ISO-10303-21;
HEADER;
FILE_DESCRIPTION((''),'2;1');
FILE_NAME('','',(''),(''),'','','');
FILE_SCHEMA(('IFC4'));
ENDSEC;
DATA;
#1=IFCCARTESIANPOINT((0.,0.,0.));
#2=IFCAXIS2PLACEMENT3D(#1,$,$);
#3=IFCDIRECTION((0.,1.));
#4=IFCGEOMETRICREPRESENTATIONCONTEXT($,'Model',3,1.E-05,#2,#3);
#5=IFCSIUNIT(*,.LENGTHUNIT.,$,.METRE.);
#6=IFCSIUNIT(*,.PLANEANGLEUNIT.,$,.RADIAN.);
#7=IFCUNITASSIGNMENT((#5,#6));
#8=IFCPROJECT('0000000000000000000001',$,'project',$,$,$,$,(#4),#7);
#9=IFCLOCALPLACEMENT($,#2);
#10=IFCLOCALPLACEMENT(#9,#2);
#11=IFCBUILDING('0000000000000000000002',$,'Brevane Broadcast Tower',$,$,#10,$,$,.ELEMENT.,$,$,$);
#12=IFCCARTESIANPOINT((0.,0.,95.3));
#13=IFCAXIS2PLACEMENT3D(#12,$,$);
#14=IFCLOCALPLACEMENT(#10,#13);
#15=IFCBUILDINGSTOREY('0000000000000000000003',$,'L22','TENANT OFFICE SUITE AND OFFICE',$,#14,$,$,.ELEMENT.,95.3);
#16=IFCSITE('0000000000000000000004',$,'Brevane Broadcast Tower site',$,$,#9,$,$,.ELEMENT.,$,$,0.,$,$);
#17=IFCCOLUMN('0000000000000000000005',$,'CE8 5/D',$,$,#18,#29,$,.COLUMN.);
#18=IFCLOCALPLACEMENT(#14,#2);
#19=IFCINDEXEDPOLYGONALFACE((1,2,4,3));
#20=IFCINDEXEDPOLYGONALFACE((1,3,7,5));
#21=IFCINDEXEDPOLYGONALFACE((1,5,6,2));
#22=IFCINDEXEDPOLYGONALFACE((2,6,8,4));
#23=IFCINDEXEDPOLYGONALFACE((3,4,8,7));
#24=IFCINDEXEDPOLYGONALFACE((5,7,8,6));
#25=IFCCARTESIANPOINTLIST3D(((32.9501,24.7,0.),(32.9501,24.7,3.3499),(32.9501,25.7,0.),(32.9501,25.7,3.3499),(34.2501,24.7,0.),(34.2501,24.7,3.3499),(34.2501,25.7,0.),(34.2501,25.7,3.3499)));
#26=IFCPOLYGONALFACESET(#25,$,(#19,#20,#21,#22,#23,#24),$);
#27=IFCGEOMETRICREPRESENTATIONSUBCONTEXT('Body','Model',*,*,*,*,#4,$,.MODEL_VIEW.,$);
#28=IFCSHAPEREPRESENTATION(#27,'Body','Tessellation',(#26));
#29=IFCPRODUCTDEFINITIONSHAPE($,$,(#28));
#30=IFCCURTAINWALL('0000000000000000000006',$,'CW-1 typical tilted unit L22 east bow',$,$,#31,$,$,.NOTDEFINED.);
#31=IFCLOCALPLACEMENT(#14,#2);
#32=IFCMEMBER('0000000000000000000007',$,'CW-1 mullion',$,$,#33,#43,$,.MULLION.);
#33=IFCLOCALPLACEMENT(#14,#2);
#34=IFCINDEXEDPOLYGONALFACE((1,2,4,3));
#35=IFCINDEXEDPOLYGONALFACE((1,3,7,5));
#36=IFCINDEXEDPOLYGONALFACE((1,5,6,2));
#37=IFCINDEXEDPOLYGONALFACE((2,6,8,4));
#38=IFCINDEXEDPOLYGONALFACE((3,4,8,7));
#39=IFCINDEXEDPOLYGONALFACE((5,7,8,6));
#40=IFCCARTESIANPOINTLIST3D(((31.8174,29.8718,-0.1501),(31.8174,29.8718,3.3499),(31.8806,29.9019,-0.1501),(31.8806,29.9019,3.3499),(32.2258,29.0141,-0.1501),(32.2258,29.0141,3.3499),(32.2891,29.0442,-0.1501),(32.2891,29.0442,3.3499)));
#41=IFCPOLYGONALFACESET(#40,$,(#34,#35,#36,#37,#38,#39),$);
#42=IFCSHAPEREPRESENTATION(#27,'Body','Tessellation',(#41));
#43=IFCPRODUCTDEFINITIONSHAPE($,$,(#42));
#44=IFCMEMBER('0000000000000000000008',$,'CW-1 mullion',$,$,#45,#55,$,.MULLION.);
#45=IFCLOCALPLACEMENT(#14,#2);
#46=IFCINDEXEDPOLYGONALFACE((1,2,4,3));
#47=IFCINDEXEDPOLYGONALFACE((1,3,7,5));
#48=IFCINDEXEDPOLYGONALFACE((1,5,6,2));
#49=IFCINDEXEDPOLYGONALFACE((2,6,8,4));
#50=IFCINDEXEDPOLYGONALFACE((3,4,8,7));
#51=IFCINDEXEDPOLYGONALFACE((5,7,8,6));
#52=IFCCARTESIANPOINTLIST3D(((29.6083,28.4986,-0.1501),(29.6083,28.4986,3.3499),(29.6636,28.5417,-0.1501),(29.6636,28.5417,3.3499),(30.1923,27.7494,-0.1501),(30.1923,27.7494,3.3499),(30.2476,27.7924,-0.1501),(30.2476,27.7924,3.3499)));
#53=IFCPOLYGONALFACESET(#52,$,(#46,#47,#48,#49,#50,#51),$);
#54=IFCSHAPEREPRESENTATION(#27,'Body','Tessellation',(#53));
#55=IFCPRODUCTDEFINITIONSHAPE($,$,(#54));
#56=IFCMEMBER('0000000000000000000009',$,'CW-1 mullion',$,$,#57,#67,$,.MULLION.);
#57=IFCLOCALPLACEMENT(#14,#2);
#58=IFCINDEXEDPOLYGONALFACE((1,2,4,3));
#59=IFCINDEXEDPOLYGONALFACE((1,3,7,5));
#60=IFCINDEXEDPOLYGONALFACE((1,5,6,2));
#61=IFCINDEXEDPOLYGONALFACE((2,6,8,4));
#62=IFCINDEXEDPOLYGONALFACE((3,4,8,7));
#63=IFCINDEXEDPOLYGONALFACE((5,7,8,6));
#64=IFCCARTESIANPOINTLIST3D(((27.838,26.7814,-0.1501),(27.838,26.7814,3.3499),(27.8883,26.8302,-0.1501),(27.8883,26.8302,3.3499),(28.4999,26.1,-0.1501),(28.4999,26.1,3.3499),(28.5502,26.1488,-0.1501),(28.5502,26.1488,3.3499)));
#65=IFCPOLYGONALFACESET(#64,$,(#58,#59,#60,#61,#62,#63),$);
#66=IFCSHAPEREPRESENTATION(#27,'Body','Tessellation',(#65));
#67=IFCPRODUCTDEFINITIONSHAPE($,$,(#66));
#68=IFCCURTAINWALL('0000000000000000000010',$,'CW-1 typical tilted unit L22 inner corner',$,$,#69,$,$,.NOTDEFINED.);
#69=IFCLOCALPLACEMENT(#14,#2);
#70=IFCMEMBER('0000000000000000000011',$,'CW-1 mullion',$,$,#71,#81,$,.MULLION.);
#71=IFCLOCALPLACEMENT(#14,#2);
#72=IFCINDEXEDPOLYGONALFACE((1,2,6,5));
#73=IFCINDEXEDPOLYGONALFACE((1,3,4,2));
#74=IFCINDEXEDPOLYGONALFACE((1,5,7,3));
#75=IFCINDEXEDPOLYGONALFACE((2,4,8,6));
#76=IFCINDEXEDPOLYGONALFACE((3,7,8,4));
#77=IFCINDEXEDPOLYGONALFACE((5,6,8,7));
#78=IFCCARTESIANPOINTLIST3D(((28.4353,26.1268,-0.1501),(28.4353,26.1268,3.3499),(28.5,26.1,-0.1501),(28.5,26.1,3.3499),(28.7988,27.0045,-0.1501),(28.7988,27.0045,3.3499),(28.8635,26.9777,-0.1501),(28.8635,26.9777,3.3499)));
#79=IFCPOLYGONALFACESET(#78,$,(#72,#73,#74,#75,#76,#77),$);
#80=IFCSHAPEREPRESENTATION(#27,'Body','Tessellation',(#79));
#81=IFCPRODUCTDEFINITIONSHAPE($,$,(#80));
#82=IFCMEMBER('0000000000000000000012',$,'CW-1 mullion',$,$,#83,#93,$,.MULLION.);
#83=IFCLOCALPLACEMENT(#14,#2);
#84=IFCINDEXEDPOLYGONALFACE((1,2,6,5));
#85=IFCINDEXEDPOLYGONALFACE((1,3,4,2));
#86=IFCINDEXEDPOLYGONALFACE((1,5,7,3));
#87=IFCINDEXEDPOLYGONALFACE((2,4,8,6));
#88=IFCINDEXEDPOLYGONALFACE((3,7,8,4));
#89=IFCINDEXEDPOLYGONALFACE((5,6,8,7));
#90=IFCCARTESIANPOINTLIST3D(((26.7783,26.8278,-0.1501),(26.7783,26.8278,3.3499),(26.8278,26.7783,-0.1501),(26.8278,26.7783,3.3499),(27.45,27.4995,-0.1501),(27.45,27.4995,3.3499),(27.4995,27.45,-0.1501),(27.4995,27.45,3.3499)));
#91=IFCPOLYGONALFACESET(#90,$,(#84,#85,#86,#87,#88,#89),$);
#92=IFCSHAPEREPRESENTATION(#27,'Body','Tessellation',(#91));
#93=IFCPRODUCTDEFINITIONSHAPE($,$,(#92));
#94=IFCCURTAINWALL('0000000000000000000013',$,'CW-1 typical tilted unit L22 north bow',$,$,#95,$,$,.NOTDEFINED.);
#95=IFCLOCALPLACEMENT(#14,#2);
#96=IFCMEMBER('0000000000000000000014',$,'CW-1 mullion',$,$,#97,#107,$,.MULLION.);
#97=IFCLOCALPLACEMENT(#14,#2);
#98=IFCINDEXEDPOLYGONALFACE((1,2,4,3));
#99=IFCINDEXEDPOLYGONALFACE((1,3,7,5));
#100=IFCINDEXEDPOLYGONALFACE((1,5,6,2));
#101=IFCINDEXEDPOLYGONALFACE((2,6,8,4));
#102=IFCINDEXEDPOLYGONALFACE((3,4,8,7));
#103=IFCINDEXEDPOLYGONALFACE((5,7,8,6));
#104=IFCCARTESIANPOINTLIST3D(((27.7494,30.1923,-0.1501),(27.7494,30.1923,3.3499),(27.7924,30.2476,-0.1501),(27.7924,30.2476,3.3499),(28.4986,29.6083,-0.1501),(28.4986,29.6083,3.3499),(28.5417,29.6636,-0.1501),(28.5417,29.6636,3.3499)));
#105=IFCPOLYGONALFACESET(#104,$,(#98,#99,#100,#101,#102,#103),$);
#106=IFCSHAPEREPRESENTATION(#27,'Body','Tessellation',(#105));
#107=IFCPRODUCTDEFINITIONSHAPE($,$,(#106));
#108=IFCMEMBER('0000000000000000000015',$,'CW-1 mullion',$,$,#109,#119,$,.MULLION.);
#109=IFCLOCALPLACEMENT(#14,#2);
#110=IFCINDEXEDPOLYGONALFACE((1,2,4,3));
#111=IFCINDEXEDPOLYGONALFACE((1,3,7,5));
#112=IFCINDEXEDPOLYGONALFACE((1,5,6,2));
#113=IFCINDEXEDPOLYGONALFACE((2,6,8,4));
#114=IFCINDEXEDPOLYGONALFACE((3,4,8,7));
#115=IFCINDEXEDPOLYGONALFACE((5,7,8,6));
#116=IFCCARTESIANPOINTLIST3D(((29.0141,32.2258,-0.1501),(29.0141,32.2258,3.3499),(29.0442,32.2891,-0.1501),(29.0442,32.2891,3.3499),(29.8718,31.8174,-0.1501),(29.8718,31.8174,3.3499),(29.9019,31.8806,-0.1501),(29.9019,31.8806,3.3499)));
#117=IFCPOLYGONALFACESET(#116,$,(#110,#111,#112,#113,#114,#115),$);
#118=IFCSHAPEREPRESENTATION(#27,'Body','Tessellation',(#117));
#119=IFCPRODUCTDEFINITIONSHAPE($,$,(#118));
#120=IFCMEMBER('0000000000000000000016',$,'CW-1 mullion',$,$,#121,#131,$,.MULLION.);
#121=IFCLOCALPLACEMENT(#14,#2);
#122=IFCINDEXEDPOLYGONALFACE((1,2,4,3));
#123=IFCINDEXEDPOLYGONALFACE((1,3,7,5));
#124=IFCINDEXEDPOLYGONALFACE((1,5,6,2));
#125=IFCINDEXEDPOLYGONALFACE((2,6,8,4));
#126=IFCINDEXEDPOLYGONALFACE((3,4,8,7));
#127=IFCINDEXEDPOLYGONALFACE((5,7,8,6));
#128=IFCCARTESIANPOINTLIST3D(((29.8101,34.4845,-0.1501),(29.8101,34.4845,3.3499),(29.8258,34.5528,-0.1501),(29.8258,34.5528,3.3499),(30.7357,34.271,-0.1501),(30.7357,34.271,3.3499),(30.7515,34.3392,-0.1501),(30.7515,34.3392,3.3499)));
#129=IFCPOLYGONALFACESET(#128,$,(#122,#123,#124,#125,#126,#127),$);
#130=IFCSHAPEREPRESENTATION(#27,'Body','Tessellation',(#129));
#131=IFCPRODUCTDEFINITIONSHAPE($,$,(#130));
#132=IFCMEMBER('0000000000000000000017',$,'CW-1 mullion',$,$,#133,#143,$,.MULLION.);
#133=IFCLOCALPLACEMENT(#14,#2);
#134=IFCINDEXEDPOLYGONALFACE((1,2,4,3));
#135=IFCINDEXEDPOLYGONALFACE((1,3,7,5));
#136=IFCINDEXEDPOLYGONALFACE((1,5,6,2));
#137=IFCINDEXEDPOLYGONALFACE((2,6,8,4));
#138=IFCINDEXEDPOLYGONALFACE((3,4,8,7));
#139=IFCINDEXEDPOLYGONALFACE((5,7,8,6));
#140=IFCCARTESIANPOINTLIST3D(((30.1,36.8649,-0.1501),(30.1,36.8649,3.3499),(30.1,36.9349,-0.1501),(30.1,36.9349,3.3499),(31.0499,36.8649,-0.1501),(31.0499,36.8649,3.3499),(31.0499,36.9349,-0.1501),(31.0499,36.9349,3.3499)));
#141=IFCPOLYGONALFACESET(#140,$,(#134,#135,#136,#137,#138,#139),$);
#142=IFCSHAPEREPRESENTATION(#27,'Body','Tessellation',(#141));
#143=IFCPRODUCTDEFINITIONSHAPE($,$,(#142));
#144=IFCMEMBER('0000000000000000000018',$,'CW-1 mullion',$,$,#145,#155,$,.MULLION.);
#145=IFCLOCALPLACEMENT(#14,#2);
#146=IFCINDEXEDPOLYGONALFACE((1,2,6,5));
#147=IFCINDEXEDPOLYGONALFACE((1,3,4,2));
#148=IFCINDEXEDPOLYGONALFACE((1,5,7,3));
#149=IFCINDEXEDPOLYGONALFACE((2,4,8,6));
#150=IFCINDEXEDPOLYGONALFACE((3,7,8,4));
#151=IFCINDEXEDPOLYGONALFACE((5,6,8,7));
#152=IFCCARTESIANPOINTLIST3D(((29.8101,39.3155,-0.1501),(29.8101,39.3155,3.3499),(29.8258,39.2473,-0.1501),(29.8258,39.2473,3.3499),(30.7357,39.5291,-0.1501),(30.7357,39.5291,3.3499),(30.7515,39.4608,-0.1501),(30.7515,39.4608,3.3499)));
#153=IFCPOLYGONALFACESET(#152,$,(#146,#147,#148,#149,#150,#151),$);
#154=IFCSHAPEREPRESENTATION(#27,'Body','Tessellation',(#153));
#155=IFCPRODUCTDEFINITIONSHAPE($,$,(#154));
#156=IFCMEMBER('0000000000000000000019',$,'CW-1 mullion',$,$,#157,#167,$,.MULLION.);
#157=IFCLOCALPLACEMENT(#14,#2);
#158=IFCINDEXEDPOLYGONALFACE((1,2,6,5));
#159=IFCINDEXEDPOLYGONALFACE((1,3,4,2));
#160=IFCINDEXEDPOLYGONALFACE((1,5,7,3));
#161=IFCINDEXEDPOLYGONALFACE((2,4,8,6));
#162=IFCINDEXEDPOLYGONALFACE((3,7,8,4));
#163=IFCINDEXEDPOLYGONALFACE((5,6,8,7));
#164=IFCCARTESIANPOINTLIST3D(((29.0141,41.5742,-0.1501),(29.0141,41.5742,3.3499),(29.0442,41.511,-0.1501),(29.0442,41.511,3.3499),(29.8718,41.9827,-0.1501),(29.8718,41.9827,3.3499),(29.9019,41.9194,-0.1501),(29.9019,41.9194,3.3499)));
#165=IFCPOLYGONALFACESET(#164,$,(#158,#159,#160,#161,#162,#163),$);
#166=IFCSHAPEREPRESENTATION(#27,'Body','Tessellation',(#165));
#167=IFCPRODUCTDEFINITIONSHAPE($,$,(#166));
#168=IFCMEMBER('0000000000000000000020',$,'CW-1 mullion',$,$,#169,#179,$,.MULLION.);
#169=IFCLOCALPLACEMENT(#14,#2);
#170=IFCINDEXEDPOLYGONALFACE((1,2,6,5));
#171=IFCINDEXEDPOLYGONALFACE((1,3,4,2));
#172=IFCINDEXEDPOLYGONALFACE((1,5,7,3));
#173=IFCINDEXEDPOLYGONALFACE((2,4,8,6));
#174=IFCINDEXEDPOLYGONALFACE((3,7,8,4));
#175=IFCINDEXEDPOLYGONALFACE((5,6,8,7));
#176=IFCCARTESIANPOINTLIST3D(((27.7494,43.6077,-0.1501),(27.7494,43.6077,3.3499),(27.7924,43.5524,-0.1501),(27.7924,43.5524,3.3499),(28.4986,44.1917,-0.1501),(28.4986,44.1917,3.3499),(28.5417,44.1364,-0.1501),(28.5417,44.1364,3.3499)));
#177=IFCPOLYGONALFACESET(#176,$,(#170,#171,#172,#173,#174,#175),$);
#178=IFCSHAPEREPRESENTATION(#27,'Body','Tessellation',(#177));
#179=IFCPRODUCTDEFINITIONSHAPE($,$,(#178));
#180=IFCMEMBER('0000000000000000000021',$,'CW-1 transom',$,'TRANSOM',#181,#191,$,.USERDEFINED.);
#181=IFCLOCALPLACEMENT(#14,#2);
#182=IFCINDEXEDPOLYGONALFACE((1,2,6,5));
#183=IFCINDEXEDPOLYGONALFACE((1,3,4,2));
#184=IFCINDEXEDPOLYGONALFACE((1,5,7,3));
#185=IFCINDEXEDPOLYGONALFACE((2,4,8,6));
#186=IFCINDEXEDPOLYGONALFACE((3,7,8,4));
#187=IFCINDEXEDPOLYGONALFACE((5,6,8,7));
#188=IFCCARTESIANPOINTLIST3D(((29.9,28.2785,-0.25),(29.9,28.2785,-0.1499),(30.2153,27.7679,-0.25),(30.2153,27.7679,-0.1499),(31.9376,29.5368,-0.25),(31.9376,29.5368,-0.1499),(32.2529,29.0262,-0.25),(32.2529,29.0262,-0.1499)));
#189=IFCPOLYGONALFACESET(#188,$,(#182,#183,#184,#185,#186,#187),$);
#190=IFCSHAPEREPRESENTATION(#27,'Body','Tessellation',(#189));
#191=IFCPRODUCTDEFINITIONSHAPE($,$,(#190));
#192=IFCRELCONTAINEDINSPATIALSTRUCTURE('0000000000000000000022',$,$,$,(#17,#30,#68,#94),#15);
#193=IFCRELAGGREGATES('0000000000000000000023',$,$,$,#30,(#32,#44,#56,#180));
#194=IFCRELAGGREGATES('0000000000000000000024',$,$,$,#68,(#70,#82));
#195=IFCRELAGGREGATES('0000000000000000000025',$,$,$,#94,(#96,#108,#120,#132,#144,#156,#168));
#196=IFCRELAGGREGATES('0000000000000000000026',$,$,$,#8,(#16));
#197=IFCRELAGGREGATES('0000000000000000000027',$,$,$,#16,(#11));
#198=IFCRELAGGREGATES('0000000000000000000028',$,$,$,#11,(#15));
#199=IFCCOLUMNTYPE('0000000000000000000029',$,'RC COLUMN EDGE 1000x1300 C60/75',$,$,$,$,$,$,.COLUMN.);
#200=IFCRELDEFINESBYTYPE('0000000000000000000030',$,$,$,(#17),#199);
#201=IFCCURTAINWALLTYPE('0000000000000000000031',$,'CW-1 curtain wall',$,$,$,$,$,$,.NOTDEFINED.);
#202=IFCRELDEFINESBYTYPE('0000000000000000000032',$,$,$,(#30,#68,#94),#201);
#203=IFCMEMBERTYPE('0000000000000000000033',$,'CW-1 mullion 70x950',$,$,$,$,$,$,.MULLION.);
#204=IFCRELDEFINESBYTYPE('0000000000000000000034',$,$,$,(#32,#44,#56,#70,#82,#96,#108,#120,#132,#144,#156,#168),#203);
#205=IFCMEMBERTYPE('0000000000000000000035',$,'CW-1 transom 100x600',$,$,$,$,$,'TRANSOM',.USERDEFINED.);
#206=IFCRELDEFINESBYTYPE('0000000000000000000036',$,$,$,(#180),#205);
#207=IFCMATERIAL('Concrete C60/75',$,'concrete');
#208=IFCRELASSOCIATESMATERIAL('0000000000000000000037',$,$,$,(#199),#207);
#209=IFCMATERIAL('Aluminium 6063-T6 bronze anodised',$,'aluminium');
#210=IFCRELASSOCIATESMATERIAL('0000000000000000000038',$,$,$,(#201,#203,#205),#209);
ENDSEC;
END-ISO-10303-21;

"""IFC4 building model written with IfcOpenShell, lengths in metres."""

from ifc_helpers import new_model, si_unit, direction, frame, origin, origin_2d, place, context, subcontext, project, spatial, rectangle, extrude, material, material_profile, profile_set, type_object, element, aggregate, save


model = new_model("IFC4")

# Units and contexts
model_context = context("Model", 3, precision=1e-05, world=origin(), true_north=direction((0.0, 1.0)))
body_context = subcontext(model_context, "Body", "Model", "MODEL_VIEW")
ifc_project = project(units=[si_unit("LENGTHUNIT", "METRE"), si_unit("PLANEANGLEUNIT", "RADIAN")], contexts=[model_context])

# Site, building, storey
site_placement = place(None, origin())
site = spatial("IfcSite", under=ifc_project, at=site_placement, Name="Brevane Broadcast Tower site", CompositionType="ELEMENT", RefElevation=0.0)
building_placement = place(site_placement, origin())
building = spatial("IfcBuilding", under=site, at=building_placement, Name="Brevane Broadcast Tower", CompositionType="ELEMENT")
storey_placement = place(building_placement, frame((0.0, 0.0, 95.3)))
storey = spatial("IfcBuildingStorey", under=building, at=storey_placement, Name="L22", Description="TENANT OFFICE SUITE AND OFFICE", CompositionType="ELEMENT", Elevation=95.3)

# Column
ifc_material_1 = material(Name="Concrete C60/75", Category="concrete")
ifc_material_profile_1 = material_profile(ifc_material_1, rectangle(XDim=1.0, YDim=1.3, at=origin_2d()), Name="RC 1000x1300")
ifc_profile_set_1 = profile_set([ifc_material_profile_1], Name="Concrete C60/75")
column_type = type_object("IfcColumnType", Name="RC COLUMN EDGE 1000x1300 C60/75", PredefinedType="COLUMN", material=ifc_profile_set_1)
column_placement = place(storey_placement, frame((33.6001, 25.2, 0.0), z_axis=(0.0, 0.0, 1.0), x_axis=(0.0, 1.0, 0.0)))
element("IfcColumn", 1, at=column_placement, inside=storey, type_object=column_type, Name="CE8 5/D", PredefinedType="COLUMN", context=body_context, shape_type="SweptSolid", body=[
    extrude(rectangle(XDim=1.0, YDim=1.3, at=origin_2d()), origin(), (0.0, 0.0, 1.0), 3.3499),
])

# Curtain walls, members
ifc_material_2 = material(Name="Aluminium 6063-T6 bronze anodised", Category="aluminium")
curtain_wall_type = type_object("IfcCurtainWallType", Name="CW-1 curtain wall", PredefinedType="NOTDEFINED", material=ifc_material_2)
curtain_wall_1_placement = place(storey_placement, origin())
curtain_wall_1 = element("IfcCurtainWall", 2, at=curtain_wall_1_placement, inside=storey, type_object=curtain_wall_type, Name="CW-1 typical tilted unit L22 east bow", PredefinedType="NOTDEFINED")
ifc_material_profile_2 = material_profile(ifc_material_2, rectangle(XDim=0.95, YDim=0.0701, at=origin_2d()), Name="RECT 70x950")
ifc_profile_set_2 = profile_set([ifc_material_profile_2], Name="Aluminium 6063-T6 bronze anodised")
member_type_1 = type_object("IfcMemberType", Name="CW-1 mullion 70x950", PredefinedType="MULLION", material=ifc_profile_set_2)
member_1_placement = place(storey_placement, frame((32.0532, 29.458, -0.1501), z_axis=(0.0, 0.0, 1.0), x_axis=(0.429934, -0.902861, 0.0)))
member_1 = element("IfcMember", 3, at=member_1_placement, type_object=member_type_1, Name="CW-1 mullion", PredefinedType="MULLION", context=body_context, shape_type="SweptSolid", body=[
    extrude(rectangle(XDim=0.95, YDim=0.0701, at=origin_2d()), origin(), (0.0, 0.0, 1.0), 3.5),
])
member_2_placement = place(storey_placement, frame((29.928, 28.1455, -0.1501), z_axis=(0.0, 0.0, 1.0), x_axis=(0.61477, -0.788707, 0.0)))
member_2 = element("IfcMember", 4, at=member_2_placement, type_object=member_type_1, Name="CW-1 mullion", PredefinedType="MULLION", context=body_context, shape_type="SweptSolid", body=[
    extrude(rectangle(XDim=0.95, YDim=0.0701, at=origin_2d()), origin(), (0.0, 0.0, 1.0), 3.5),
])
member_3_placement = place(storey_placement, frame((28.1941, 26.4651, -0.1501), z_axis=(0.0, 0.0, 1.0), x_axis=(0.696812, -0.717254, 0.0)))
member_3 = element("IfcMember", 5, at=member_3_placement, type_object=member_type_1, Name="CW-1 mullion", PredefinedType="MULLION", context=body_context, shape_type="SweptSolid", body=[
    extrude(rectangle(XDim=0.95, YDim=0.0701, at=origin_2d()), origin(), (0.0, 0.0, 1.0), 3.5),
])
curtain_wall_2_placement = place(storey_placement, origin())
curtain_wall_2 = element("IfcCurtainWall", 6, at=curtain_wall_2_placement, inside=storey, type_object=curtain_wall_type, Name="CW-1 typical tilted unit L22 inner corner", PredefinedType="NOTDEFINED")
member_4_placement = place(storey_placement, frame((28.6494, 26.5522, -0.1501), z_axis=(0.0, 0.0, 1.0), x_axis=(-0.382684, -0.923879, 0.0)))
member_4 = element("IfcMember", 7, at=member_4_placement, type_object=member_type_1, Name="CW-1 mullion", PredefinedType="MULLION", context=body_context, shape_type="SweptSolid", body=[
    extrude(rectangle(XDim=0.95, YDim=0.0701, at=origin_2d()), origin(), (0.0, 0.0, 1.0), 3.5),
])
member_5_placement = place(storey_placement, frame((27.1389, 27.1389, -0.1501), z_axis=(0.0, 0.0, 1.0), x_axis=(-0.707107, -0.707107, 0.0)))
member_5 = element("IfcMember", 8, at=member_5_placement, type_object=member_type_1, Name="CW-1 mullion", PredefinedType="MULLION", context=body_context, shape_type="SweptSolid", body=[
    extrude(rectangle(XDim=0.95, YDim=0.0701, at=origin_2d()), origin(), (0.0, 0.0, 1.0), 3.5),
])
curtain_wall_3_placement = place(storey_placement, origin())
curtain_wall_3 = element("IfcCurtainWall", 9, at=curtain_wall_3_placement, inside=storey, type_object=curtain_wall_type, Name="CW-1 typical tilted unit L22 north bow", PredefinedType="NOTDEFINED")
member_6_placement = place(storey_placement, frame((28.1455, 29.928, -0.1501), z_axis=(0.0, 0.0, 1.0), x_axis=(-0.788707, 0.61477, 0.0)))
member_6 = element("IfcMember", 10, at=member_6_placement, type_object=member_type_1, Name="CW-1 mullion", PredefinedType="MULLION", context=body_context, shape_type="SweptSolid", body=[
    extrude(rectangle(XDim=0.95, YDim=0.0701, at=origin_2d()), origin(), (0.0, 0.0, 1.0), 3.5),
])
member_7_placement = place(storey_placement, frame((29.458, 32.0532, -0.1501), z_axis=(0.0, 0.0, 1.0), x_axis=(-0.902861, 0.429934, 0.0)))
member_7 = element("IfcMember", 11, at=member_7_placement, type_object=member_type_1, Name="CW-1 mullion", PredefinedType="MULLION", context=body_context, shape_type="SweptSolid", body=[
    extrude(rectangle(XDim=0.95, YDim=0.0701, at=origin_2d()), origin(), (0.0, 0.0, 1.0), 3.5),
])
member_8_placement = place(storey_placement, frame((30.2808, 34.4119, -0.1501), z_axis=(0.0, 0.0, 1.0), x_axis=(-0.974403, 0.224806, 0.0)))
member_8 = element("IfcMember", 12, at=member_8_placement, type_object=member_type_1, Name="CW-1 mullion", PredefinedType="MULLION", context=body_context, shape_type="SweptSolid", body=[
    extrude(rectangle(XDim=0.95, YDim=0.0701, at=origin_2d()), origin(), (0.0, 0.0, 1.0), 3.5),
])
member_9_placement = place(storey_placement, frame((30.575, 36.8999, -0.1501), z_axis=(0.0, 0.0, 1.0), x_axis=(-1.0, 0.0, 0.0)))
member_9 = element("IfcMember", 13, at=member_9_placement, type_object=member_type_1, Name="CW-1 mullion", PredefinedType="MULLION", context=body_context, shape_type="SweptSolid", body=[
    extrude(rectangle(XDim=0.95, YDim=0.0701, at=origin_2d()), origin(), (0.0, 0.0, 1.0), 3.5),
])
member_10_placement = place(storey_placement, frame((30.2808, 39.3882, -0.1501), z_axis=(0.0, 0.0, 1.0), x_axis=(-0.974403, -0.224806, 0.0)))
member_10 = element("IfcMember", 14, at=member_10_placement, type_object=member_type_1, Name="CW-1 mullion", PredefinedType="MULLION", context=body_context, shape_type="SweptSolid", body=[
    extrude(rectangle(XDim=0.95, YDim=0.0701, at=origin_2d()), origin(), (0.0, 0.0, 1.0), 3.5),
])
member_11_placement = place(storey_placement, frame((29.458, 41.7468, -0.1501), z_axis=(0.0, 0.0, 1.0), x_axis=(-0.902861, -0.429934, 0.0)))
member_11 = element("IfcMember", 15, at=member_11_placement, type_object=member_type_1, Name="CW-1 mullion", PredefinedType="MULLION", context=body_context, shape_type="SweptSolid", body=[
    extrude(rectangle(XDim=0.95, YDim=0.0701, at=origin_2d()), origin(), (0.0, 0.0, 1.0), 3.5),
])
member_12_placement = place(storey_placement, frame((28.1455, 43.8721, -0.1501), z_axis=(0.0, 0.0, 1.0), x_axis=(-0.788707, -0.61477, 0.0)))
member_12 = element("IfcMember", 16, at=member_12_placement, type_object=member_type_1, Name="CW-1 mullion", PredefinedType="MULLION", context=body_context, shape_type="SweptSolid", body=[
    extrude(rectangle(XDim=0.95, YDim=0.0701, at=origin_2d()), origin(), (0.0, 0.0, 1.0), 3.5),
])

# Member
ifc_material_profile_3 = material_profile(ifc_material_2, rectangle(XDim=0.6001, YDim=0.1001, at=origin_2d()), Name="RECT 100x600")
ifc_profile_set_3 = profile_set([ifc_material_profile_3], Name="Aluminium 6063-T6 bronze anodised")
member_type_2 = type_object("IfcMemberType", Name="CW-1 transom 100x600", ElementType="TRANSOM", PredefinedType="USERDEFINED", material=ifc_profile_set_3)
member_13_placement = place(storey_placement, frame((32.0952, 29.2815, -0.2), z_axis=(-0.850838, -0.525428, 0.0), x_axis=(0.525428, -0.850838, 0.0)))
member_13 = element("IfcMember", 17, at=member_13_placement, type_object=member_type_2, Name="CW-1 transom", ObjectType="TRANSOM", PredefinedType="USERDEFINED", context=body_context, shape_type="SweptSolid", body=[
    extrude(rectangle(XDim=0.6001, YDim=0.1001, at=origin_2d()), origin(), (0.0, 0.0, 1.0), 2.3948),
])
aggregate(curtain_wall_1, [member_1, member_2, member_3, member_13])
aggregate(curtain_wall_2, [member_4, member_5])
aggregate(curtain_wall_3, [member_6, member_7, member_8, member_9, member_10, member_11, member_12])

save(model, "model.ifc")
